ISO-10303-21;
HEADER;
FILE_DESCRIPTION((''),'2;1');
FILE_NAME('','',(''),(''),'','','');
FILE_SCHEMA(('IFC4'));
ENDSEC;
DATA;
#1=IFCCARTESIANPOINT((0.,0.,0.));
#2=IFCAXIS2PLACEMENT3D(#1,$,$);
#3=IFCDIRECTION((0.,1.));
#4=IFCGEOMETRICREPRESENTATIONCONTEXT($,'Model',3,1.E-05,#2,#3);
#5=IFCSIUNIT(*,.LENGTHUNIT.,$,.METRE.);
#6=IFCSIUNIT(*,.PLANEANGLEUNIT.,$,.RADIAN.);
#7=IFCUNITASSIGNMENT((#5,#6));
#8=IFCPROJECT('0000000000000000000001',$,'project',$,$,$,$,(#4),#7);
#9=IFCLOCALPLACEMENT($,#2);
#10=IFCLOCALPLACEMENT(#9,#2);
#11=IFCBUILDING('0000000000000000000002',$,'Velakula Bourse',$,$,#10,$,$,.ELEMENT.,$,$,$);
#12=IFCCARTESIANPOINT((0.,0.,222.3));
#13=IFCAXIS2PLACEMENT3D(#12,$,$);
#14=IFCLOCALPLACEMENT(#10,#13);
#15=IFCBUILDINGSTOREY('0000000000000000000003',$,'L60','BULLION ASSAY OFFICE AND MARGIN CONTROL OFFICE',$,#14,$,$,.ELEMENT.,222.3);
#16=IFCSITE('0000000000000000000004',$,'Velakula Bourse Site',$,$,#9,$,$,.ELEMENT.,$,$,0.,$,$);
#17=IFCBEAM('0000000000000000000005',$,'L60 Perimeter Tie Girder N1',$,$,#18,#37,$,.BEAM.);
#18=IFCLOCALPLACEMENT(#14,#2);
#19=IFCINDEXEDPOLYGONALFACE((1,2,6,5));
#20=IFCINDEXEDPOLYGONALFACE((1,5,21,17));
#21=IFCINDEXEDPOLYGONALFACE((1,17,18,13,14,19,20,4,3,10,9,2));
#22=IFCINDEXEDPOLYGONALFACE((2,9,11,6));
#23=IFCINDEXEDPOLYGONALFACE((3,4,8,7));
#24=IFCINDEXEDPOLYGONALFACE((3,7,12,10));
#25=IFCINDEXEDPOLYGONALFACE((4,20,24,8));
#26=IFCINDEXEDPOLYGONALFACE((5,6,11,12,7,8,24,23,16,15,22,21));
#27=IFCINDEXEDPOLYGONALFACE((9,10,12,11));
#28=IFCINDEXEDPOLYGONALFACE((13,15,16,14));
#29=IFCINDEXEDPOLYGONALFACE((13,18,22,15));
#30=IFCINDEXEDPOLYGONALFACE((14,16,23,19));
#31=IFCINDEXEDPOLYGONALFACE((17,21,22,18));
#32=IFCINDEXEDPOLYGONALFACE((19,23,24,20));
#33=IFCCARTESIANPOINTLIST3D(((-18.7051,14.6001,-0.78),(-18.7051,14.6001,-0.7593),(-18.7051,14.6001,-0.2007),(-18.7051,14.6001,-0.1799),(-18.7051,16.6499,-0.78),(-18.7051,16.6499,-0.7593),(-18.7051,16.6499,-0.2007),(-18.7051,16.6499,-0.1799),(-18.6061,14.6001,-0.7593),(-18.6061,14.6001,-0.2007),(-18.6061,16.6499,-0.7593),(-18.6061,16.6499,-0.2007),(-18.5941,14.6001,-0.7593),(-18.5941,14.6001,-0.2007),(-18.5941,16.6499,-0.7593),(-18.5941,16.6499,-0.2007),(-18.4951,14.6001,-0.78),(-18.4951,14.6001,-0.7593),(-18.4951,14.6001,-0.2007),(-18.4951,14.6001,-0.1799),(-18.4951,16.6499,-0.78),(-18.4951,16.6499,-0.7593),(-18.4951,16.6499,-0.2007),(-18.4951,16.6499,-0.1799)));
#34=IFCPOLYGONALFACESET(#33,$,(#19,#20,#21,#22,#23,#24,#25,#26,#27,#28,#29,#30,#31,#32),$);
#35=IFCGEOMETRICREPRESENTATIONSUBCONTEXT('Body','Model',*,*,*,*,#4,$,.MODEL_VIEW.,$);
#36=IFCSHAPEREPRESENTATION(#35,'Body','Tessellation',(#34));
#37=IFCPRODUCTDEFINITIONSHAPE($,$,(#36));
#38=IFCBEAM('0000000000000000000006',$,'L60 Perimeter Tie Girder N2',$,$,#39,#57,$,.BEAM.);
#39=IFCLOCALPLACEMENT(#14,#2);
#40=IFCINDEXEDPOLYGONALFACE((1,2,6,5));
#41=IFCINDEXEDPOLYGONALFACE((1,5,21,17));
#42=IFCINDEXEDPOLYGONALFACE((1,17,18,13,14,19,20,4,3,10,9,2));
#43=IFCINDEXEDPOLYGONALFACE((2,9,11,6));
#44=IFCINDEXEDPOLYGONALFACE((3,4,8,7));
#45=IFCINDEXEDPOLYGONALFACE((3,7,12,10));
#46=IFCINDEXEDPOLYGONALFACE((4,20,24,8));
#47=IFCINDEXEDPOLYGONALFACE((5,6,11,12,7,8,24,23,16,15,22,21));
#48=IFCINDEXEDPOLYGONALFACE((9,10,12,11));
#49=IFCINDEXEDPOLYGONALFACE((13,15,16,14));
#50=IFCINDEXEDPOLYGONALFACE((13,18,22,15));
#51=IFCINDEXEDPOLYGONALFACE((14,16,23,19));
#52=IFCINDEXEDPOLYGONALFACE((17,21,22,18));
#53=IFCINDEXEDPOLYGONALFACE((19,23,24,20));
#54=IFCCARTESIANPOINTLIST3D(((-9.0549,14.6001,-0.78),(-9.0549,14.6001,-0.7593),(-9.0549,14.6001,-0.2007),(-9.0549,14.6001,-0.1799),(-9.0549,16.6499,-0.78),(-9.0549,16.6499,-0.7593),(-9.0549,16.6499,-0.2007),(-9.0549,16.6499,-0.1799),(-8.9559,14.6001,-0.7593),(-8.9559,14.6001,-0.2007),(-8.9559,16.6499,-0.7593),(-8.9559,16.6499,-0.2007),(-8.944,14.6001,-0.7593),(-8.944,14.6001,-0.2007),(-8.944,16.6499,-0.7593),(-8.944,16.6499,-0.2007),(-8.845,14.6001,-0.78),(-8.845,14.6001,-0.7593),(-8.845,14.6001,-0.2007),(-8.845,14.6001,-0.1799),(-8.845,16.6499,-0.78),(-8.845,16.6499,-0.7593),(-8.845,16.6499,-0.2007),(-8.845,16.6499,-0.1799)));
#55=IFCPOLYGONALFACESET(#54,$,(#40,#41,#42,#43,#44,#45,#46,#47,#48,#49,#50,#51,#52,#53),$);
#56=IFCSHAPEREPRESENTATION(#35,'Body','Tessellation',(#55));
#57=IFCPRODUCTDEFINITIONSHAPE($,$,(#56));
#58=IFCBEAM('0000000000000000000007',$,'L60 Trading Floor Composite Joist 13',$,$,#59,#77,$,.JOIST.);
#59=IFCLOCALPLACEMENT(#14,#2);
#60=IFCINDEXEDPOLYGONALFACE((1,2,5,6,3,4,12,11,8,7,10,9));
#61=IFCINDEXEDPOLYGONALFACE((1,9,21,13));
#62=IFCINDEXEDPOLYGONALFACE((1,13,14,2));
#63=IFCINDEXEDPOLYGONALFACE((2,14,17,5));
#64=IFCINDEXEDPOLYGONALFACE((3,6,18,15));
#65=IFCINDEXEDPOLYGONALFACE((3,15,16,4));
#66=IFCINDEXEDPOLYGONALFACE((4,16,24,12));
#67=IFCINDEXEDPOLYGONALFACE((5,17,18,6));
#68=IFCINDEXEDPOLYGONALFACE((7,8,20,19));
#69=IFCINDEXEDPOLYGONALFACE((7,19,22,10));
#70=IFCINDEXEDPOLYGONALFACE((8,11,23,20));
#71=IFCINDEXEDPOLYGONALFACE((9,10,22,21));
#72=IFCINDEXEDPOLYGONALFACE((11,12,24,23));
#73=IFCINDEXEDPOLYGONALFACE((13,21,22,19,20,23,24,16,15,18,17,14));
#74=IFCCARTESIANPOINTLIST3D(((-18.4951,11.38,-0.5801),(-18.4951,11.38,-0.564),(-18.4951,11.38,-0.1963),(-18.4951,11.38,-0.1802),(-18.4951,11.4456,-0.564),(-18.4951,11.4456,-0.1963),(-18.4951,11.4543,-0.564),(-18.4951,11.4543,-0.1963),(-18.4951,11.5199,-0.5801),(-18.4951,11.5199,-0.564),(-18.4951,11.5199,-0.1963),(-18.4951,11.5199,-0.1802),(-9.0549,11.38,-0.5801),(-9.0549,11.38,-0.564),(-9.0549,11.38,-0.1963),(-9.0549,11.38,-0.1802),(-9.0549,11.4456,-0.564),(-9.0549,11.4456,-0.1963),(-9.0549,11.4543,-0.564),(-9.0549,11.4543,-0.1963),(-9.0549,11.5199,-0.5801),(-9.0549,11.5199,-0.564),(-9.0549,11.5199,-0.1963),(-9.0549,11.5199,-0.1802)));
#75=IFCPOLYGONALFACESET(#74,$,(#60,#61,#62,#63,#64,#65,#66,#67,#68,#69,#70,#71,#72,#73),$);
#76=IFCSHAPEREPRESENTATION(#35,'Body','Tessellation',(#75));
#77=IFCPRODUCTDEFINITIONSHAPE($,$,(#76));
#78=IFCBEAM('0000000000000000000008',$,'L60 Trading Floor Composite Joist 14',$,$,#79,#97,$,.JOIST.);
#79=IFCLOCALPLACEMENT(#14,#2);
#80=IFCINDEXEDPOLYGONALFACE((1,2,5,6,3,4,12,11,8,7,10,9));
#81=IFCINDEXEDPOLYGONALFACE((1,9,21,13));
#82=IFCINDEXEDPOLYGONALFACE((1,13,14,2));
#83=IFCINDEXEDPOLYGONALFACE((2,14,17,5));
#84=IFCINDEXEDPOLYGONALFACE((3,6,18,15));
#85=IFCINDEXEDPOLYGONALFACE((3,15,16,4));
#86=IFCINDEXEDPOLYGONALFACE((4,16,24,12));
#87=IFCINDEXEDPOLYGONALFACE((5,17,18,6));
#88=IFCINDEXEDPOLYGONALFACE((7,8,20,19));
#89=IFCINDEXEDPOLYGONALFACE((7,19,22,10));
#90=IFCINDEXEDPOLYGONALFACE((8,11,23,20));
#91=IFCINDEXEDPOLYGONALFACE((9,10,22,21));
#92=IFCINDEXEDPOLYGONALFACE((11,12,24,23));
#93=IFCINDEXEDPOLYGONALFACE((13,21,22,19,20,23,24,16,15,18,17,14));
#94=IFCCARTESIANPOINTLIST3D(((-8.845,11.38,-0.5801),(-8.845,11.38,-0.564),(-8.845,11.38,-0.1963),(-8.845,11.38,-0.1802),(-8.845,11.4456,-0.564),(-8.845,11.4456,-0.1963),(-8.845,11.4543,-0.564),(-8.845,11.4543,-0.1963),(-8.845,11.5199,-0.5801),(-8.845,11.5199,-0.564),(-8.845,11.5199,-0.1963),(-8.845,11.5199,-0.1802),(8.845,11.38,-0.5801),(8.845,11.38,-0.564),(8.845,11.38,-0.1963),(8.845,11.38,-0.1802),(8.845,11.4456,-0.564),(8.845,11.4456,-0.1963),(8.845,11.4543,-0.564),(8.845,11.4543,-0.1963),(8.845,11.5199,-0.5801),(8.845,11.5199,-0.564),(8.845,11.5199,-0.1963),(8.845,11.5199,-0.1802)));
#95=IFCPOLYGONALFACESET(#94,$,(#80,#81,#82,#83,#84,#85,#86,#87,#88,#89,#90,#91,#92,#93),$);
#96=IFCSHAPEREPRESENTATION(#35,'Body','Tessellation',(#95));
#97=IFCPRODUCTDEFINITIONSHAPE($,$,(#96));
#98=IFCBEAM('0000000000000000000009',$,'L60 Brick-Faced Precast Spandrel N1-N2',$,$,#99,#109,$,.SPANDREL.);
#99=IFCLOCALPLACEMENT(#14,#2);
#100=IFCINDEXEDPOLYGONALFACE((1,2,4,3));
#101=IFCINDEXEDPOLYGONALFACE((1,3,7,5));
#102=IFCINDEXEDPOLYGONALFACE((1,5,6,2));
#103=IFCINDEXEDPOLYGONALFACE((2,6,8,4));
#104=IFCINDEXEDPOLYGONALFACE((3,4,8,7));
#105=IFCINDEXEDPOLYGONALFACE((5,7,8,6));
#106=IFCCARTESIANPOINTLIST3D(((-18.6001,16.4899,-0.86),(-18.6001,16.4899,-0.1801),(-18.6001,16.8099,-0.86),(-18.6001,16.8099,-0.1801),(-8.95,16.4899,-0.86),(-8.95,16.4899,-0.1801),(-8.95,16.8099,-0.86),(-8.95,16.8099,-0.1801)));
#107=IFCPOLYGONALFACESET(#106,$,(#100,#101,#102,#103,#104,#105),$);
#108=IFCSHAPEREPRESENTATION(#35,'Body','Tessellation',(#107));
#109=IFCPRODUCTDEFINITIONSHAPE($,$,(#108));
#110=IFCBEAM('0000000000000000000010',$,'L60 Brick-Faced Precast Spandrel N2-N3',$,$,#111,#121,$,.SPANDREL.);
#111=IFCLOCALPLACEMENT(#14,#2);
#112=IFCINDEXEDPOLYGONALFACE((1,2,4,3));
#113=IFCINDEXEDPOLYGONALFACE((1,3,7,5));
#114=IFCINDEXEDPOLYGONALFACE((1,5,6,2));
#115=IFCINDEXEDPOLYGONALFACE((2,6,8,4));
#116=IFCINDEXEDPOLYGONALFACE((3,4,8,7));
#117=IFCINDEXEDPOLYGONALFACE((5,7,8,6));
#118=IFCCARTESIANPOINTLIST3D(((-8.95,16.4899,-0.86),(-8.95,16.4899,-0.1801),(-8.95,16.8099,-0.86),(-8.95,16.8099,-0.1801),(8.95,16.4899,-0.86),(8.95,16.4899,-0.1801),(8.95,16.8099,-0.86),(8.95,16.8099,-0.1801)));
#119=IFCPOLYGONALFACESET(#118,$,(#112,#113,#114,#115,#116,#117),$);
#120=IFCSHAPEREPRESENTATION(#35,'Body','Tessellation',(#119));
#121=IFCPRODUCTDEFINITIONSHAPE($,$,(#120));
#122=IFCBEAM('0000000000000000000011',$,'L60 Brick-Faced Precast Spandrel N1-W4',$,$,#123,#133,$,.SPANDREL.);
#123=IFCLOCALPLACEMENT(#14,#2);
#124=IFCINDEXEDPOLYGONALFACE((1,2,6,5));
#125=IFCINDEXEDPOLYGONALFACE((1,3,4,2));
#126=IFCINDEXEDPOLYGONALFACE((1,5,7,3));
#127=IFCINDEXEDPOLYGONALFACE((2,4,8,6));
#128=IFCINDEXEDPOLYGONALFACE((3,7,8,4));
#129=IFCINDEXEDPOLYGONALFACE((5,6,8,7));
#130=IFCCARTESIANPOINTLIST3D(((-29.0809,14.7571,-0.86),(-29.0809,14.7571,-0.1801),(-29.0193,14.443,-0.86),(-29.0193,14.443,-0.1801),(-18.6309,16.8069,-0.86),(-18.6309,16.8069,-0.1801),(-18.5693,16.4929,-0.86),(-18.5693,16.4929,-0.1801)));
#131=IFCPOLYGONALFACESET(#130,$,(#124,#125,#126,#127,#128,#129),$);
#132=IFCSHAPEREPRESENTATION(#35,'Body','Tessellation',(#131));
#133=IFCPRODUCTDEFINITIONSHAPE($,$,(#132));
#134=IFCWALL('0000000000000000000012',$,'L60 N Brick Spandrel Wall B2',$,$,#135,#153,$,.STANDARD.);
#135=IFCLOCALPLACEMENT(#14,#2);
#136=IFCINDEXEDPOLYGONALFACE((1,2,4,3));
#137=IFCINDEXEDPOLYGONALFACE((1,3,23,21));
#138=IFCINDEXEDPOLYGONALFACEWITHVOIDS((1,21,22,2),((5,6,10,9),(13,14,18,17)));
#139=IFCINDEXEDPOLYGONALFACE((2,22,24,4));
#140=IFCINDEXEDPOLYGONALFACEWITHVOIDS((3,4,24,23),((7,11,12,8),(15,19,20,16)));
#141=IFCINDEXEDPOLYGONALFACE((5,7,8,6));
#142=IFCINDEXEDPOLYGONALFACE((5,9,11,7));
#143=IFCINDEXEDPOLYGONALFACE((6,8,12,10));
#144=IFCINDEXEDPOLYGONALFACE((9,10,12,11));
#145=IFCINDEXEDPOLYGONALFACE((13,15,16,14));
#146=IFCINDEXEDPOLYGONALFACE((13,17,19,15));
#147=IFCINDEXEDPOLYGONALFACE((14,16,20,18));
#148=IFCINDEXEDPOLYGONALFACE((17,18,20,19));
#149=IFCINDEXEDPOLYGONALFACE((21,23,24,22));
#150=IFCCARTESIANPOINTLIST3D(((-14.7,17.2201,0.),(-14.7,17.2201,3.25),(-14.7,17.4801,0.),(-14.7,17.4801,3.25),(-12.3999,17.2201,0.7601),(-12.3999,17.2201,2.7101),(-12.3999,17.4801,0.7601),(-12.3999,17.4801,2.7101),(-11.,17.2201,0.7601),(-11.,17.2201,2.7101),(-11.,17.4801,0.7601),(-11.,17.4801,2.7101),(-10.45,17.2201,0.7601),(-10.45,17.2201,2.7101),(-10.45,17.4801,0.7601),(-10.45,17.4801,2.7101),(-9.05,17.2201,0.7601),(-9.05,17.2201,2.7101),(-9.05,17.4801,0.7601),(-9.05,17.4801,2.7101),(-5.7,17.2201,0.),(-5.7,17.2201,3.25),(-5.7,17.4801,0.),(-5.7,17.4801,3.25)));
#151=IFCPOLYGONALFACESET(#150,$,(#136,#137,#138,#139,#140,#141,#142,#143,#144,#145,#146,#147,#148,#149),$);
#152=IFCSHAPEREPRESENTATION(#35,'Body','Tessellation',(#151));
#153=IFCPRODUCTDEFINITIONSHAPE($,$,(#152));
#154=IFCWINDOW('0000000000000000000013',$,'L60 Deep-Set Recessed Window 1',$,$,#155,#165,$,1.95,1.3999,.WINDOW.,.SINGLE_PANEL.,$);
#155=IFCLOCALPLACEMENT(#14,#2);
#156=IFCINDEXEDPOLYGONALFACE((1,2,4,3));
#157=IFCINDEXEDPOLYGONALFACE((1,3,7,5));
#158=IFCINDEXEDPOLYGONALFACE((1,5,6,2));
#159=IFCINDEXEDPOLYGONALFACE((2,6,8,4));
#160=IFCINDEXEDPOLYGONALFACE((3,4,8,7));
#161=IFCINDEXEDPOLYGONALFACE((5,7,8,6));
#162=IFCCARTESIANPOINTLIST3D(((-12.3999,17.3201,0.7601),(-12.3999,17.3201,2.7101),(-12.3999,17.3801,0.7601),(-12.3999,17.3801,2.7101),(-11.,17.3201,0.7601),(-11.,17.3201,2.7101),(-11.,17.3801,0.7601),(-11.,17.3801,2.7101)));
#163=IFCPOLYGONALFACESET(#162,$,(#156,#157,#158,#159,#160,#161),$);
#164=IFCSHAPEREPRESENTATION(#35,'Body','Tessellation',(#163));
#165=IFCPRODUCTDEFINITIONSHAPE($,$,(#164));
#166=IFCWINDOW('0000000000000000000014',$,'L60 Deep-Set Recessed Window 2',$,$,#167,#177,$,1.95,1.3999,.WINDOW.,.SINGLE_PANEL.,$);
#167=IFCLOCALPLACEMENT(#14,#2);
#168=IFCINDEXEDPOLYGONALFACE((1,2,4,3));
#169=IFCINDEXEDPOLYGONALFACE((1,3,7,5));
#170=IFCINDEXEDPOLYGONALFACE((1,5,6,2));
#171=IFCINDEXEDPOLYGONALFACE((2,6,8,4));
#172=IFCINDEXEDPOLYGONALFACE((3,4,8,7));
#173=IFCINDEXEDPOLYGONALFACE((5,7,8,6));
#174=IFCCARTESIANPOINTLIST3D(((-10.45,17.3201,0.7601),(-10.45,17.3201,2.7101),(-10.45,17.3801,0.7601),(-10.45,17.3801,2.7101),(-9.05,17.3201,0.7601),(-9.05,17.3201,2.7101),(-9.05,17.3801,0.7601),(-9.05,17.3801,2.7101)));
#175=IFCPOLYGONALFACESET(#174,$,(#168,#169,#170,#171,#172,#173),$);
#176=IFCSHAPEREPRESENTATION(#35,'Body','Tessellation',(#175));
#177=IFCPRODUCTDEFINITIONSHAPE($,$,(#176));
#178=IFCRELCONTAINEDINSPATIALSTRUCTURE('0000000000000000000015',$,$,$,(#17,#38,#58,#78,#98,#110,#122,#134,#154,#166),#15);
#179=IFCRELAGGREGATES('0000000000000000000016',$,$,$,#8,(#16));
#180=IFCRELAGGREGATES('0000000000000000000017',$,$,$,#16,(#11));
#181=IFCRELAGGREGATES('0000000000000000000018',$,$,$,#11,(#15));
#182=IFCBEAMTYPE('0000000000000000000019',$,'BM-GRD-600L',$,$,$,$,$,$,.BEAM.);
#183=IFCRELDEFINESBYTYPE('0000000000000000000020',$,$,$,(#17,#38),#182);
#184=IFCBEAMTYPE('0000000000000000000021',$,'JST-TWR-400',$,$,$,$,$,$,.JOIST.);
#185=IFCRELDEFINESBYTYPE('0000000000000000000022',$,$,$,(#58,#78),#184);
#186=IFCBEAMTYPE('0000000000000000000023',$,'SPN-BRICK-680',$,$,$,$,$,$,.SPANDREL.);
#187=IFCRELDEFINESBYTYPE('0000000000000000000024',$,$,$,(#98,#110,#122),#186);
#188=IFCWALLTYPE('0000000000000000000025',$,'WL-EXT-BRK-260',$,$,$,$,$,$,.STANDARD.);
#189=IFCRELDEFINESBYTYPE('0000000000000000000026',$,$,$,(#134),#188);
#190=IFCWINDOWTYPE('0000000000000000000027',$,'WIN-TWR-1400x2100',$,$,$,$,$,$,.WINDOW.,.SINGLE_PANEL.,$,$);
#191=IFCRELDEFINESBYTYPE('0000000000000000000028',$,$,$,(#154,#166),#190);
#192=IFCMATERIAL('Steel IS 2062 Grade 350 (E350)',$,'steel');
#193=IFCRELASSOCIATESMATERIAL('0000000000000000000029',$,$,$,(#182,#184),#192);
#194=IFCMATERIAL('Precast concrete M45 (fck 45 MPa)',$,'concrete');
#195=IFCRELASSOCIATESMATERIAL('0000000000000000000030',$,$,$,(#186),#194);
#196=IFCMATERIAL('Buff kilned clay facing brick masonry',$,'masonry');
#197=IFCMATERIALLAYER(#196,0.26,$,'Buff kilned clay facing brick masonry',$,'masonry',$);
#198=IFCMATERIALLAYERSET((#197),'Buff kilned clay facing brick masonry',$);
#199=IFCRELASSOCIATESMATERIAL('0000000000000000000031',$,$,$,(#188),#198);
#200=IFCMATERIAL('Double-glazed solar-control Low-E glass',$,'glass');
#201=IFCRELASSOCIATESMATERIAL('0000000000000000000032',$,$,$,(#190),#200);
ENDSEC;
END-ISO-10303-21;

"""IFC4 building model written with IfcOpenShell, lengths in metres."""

from ifc_helpers import new_model, si_unit, direction, frame, frame_2d, origin, origin_2d, place, context, subcontext, project, spatial, rectangle, i_section, extrude, material, layer, layer_set, material_profile, profile_set, type_object, element, fill, save


model = new_model("IFC4")

# Units and contexts
model_context = context("Model", 3, precision=1e-05, world=origin(), true_north=direction((0.0, 1.0)))
body_context = subcontext(model_context, "Body", "Model", "MODEL_VIEW")
ifc_project = project(units=[si_unit("LENGTHUNIT", "METRE"), si_unit("PLANEANGLEUNIT", "RADIAN")], contexts=[model_context])

# Site, building, storey
site_placement = place(None, origin())
site = spatial("IfcSite", under=ifc_project, at=site_placement, Name="Velakula Bourse Site", CompositionType="ELEMENT", RefElevation=0.0)
building_placement = place(site_placement, origin())
building = spatial("IfcBuilding", under=site, at=building_placement, Name="Velakula Bourse", CompositionType="ELEMENT")
storey_placement = place(building_placement, frame((0.0, 0.0, 222.3)))
storey = spatial("IfcBuildingStorey", under=building, at=storey_placement, Name="L60", Description="BULLION ASSAY OFFICE AND MARGIN CONTROL OFFICE", CompositionType="ELEMENT", Elevation=222.3)

# Shared definitions
ifc_material_1 = material(Name="Steel IS 2062 Grade 350 (E350)", Category="steel")

# Beams
ifc_material_profile_1 = material_profile(ifc_material_1, i_section(OverallWidth=0.21, OverallDepth=0.6001, WebThickness=0.012, FlangeThickness=0.0208, at=origin_2d()), Name="Steel IS 2062 Grade 350 (E350)")
ifc_profile_set_1 = profile_set([ifc_material_profile_1], Name="Steel IS 2062 Grade 350 (E350)")
beam_type_1 = type_object("IfcBeamType", Name="BM-GRD-600L", PredefinedType="BEAM", material=ifc_profile_set_1)
for number, where, z_axis, x_axis, name in (
    (1, (-18.6001, 14.6001, -0.48), (0.0, 1.0, 0.0), (-1.0, 0.0, 0.0), "L60 Perimeter Tie Girder N1"),
    (2, (-8.95, 14.6001, -0.48), (0.0, 1.0, 0.0), (-1.0, 0.0, 0.0), "L60 Perimeter Tie Girder N2"),
):
    element("IfcBeam", number, at=place(storey_placement, frame(where, z_axis=z_axis, x_axis=x_axis)), inside=storey, type_object=beam_type_1, Name=name, PredefinedType="BEAM", context=body_context, shape_type="SweptSolid", body=[
        extrude(i_section(OverallWidth=0.21, OverallDepth=0.6001, WebThickness=0.012, FlangeThickness=0.0208, at=origin_2d()), origin(), (0.0, 0.0, 1.0), 2.0498),
    ])
ifc_material_profile_2 = material_profile(ifc_material_1, i_section(OverallWidth=0.1399, OverallDepth=0.3999, WebThickness=0.0088, FlangeThickness=0.0161, at=origin_2d()), Name="Steel IS 2062 Grade 350 (E350)")
ifc_profile_set_2 = profile_set([ifc_material_profile_2], Name="Steel IS 2062 Grade 350 (E350)")
beam_type_2 = type_object("IfcBeamType", Name="JST-TWR-400", PredefinedType="JOIST", material=ifc_profile_set_2)
beam_1_placement = place(storey_placement, frame((-18.4951, 11.45, -0.3801), z_axis=(1.0, 0.0, 0.0), x_axis=(0.0, 1.0, 0.0)))
element("IfcBeam", 3, at=beam_1_placement, inside=storey, type_object=beam_type_2, Name="L60 Trading Floor Composite Joist 13", PredefinedType="JOIST", context=body_context, shape_type="SweptSolid", body=[
    extrude(i_section(OverallWidth=0.1399, OverallDepth=0.3999, WebThickness=0.0088, FlangeThickness=0.0161, at=origin_2d()), origin(), (0.0, 0.0, 1.0), 9.4402),
])
beam_2_placement = place(storey_placement, frame((-8.845, 11.45, -0.3801), z_axis=(1.0, 0.0, 0.0), x_axis=(0.0, 1.0, 0.0)))
element("IfcBeam", 4, at=beam_2_placement, inside=storey, type_object=beam_type_2, Name="L60 Trading Floor Composite Joist 14", PredefinedType="JOIST", context=body_context, shape_type="SweptSolid", body=[
    extrude(i_section(OverallWidth=0.1399, OverallDepth=0.3999, WebThickness=0.0088, FlangeThickness=0.0161, at=origin_2d()), origin(), (0.0, 0.0, 1.0), 17.6899),
])
ifc_material_2 = material(Name="Precast concrete M45 (fck 45 MPa)", Category="concrete")
ifc_material_profile_3 = material_profile(ifc_material_2, rectangle(XDim=0.3201, YDim=0.6799, at=origin_2d()), Name="Precast concrete M45 (fck 45 MPa)")
ifc_profile_set_3 = profile_set([ifc_material_profile_3], Name="Precast concrete M45 (fck 45 MPa)")
beam_type_3 = type_object("IfcBeamType", Name="SPN-BRICK-680", PredefinedType="SPANDREL", material=ifc_profile_set_3)
beam_3_placement = place(storey_placement, frame((-18.6001, 16.6499, -0.52), z_axis=(1.0, 0.0, 0.0), x_axis=(0.0, 1.0, 0.0)))
element("IfcBeam", 5, at=beam_3_placement, inside=storey, type_object=beam_type_3, Name="L60 Brick-Faced Precast Spandrel N1-N2", PredefinedType="SPANDREL", context=body_context, shape_type="SweptSolid", body=[
    extrude(rectangle(XDim=0.3201, YDim=0.6799, at=origin_2d()), origin(), (0.0, 0.0, 1.0), 9.6501),
])
beam_4_placement = place(storey_placement, frame((-8.95, 16.6499, -0.52), z_axis=(1.0, 0.0, 0.0), x_axis=(0.0, 1.0, 0.0)))
element("IfcBeam", 6, at=beam_4_placement, inside=storey, type_object=beam_type_3, Name="L60 Brick-Faced Precast Spandrel N2-N3", PredefinedType="SPANDREL", context=body_context, shape_type="SweptSolid", body=[
    extrude(rectangle(XDim=0.3201, YDim=0.6799, at=origin_2d()), origin(), (0.0, 0.0, 1.0), 17.8999),
])
beam_5_placement = place(storey_placement, frame((-18.6001, 16.6499, -0.52), z_axis=(-0.9813, -0.192486, 0.0), x_axis=(0.192486, -0.9813, 0.0)))
element("IfcBeam", 7, at=beam_5_placement, inside=storey, type_object=beam_type_3, Name="L60 Brick-Faced Precast Spandrel N1-W4", PredefinedType="SPANDREL", context=body_context, shape_type="SweptSolid", body=[
    extrude(rectangle(XDim=0.3201, YDim=0.6799, at=origin_2d()), origin(), (0.0, 0.0, 1.0), 10.6492),
])

# Wall, openings, windows
ifc_material_3 = material(Name="Buff kilned clay facing brick masonry", Category="masonry")
ifc_layer_1 = layer(ifc_material_3, 0.26, Name="Buff kilned clay facing brick masonry", Category="masonry")
ifc_layer_set_1 = layer_set([ifc_layer_1], Name="Buff kilned clay facing brick masonry")
wall_type_1 = type_object("IfcWallType", Name="WL-EXT-BRK-260", PredefinedType="STANDARD", material=ifc_layer_set_1)
wall_1_placement = place(storey_placement, frame((-14.7, 17.3501, 0.0), z_axis=(0.0, 0.0, 1.0), x_axis=(1.0, 0.0, 0.0)))
wall_1 = element("IfcWall", 8, at=wall_1_placement, inside=storey, type_object=wall_type_1, Name="L60 N Brick Spandrel Wall B2", PredefinedType="STANDARD", context=body_context, shape_type="SweptSolid", body=[
    extrude(rectangle(XDim=9.0, YDim=0.26, at=frame_2d((4.5, 0.0))), origin(), (0.0, 0.0, 1.0), 3.25),
])
opening_1_placement = place(wall_1_placement, frame((2.3, 0.0, 0.76)))
opening_1 = element("IfcOpeningElement", 9, at=opening_1_placement, cuts=wall_1, PredefinedType="OPENING", context=body_context, shape_type="SweptSolid", body=[
    extrude(rectangle(XDim=1.3999, YDim=1.95, at=frame_2d((0.7, 0.9751))), frame((0.0, 0.1399, 0.0), z_axis=(0.0, -1.0, 0.0), x_axis=(1.0, 0.0, 0.0)), (0.0, 0.0, 1.0), 0.28),
])
opening_2_placement = place(wall_1_placement, frame((4.25, 0.0, 0.76)))
opening_2 = element("IfcOpeningElement", 10, at=opening_2_placement, cuts=wall_1, PredefinedType="OPENING", context=body_context, shape_type="SweptSolid", body=[
    extrude(rectangle(XDim=1.3999, YDim=1.95, at=frame_2d((0.7, 0.9751))), frame((0.0, 0.1399, 0.0), z_axis=(0.0, -1.0, 0.0), x_axis=(1.0, 0.0, 0.0)), (0.0, 0.0, 1.0), 0.28),
])
ifc_material_4 = material(Name="Double-glazed solar-control Low-E glass", Category="glass")
window_type = type_object("IfcWindowType", Name="WIN-TWR-1400x2100", PartitioningType="SINGLE_PANEL", PredefinedType="WINDOW", material=ifc_material_4)
window_1_placement = place(opening_1_placement, origin())
window_1 = element("IfcWindow", 11, at=window_1_placement, inside=storey, type_object=window_type, Name="L60 Deep-Set Recessed Window 1", OverallHeight=1.95, OverallWidth=1.3999, PartitioningType="SINGLE_PANEL", PredefinedType="WINDOW", context=body_context, shape_type="SweptSolid", body=[
    extrude(rectangle(XDim=1.3999, YDim=1.95, at=frame_2d((0.7, 0.9751))), frame((0.0, 0.03, 0.0), z_axis=(0.0, -1.0, 0.0), x_axis=(1.0, 0.0, 0.0)), (0.0, 0.0, 1.0), 0.0601),
])
fill(opening_1, window_1)
window_2_placement = place(opening_2_placement, origin())
window_2 = element("IfcWindow", 12, at=window_2_placement, inside=storey, type_object=window_type, Name="L60 Deep-Set Recessed Window 2", OverallHeight=1.95, OverallWidth=1.3999, PartitioningType="SINGLE_PANEL", PredefinedType="WINDOW", context=body_context, shape_type="SweptSolid", body=[
    extrude(rectangle(XDim=1.3999, YDim=1.95, at=frame_2d((0.7, 0.9751))), frame((0.0, 0.03, 0.0), z_axis=(0.0, -1.0, 0.0), x_axis=(1.0, 0.0, 0.0)), (0.0, 0.0, 1.0), 0.0601),
])
fill(opening_2, window_2)

save(model, "model.ifc")
